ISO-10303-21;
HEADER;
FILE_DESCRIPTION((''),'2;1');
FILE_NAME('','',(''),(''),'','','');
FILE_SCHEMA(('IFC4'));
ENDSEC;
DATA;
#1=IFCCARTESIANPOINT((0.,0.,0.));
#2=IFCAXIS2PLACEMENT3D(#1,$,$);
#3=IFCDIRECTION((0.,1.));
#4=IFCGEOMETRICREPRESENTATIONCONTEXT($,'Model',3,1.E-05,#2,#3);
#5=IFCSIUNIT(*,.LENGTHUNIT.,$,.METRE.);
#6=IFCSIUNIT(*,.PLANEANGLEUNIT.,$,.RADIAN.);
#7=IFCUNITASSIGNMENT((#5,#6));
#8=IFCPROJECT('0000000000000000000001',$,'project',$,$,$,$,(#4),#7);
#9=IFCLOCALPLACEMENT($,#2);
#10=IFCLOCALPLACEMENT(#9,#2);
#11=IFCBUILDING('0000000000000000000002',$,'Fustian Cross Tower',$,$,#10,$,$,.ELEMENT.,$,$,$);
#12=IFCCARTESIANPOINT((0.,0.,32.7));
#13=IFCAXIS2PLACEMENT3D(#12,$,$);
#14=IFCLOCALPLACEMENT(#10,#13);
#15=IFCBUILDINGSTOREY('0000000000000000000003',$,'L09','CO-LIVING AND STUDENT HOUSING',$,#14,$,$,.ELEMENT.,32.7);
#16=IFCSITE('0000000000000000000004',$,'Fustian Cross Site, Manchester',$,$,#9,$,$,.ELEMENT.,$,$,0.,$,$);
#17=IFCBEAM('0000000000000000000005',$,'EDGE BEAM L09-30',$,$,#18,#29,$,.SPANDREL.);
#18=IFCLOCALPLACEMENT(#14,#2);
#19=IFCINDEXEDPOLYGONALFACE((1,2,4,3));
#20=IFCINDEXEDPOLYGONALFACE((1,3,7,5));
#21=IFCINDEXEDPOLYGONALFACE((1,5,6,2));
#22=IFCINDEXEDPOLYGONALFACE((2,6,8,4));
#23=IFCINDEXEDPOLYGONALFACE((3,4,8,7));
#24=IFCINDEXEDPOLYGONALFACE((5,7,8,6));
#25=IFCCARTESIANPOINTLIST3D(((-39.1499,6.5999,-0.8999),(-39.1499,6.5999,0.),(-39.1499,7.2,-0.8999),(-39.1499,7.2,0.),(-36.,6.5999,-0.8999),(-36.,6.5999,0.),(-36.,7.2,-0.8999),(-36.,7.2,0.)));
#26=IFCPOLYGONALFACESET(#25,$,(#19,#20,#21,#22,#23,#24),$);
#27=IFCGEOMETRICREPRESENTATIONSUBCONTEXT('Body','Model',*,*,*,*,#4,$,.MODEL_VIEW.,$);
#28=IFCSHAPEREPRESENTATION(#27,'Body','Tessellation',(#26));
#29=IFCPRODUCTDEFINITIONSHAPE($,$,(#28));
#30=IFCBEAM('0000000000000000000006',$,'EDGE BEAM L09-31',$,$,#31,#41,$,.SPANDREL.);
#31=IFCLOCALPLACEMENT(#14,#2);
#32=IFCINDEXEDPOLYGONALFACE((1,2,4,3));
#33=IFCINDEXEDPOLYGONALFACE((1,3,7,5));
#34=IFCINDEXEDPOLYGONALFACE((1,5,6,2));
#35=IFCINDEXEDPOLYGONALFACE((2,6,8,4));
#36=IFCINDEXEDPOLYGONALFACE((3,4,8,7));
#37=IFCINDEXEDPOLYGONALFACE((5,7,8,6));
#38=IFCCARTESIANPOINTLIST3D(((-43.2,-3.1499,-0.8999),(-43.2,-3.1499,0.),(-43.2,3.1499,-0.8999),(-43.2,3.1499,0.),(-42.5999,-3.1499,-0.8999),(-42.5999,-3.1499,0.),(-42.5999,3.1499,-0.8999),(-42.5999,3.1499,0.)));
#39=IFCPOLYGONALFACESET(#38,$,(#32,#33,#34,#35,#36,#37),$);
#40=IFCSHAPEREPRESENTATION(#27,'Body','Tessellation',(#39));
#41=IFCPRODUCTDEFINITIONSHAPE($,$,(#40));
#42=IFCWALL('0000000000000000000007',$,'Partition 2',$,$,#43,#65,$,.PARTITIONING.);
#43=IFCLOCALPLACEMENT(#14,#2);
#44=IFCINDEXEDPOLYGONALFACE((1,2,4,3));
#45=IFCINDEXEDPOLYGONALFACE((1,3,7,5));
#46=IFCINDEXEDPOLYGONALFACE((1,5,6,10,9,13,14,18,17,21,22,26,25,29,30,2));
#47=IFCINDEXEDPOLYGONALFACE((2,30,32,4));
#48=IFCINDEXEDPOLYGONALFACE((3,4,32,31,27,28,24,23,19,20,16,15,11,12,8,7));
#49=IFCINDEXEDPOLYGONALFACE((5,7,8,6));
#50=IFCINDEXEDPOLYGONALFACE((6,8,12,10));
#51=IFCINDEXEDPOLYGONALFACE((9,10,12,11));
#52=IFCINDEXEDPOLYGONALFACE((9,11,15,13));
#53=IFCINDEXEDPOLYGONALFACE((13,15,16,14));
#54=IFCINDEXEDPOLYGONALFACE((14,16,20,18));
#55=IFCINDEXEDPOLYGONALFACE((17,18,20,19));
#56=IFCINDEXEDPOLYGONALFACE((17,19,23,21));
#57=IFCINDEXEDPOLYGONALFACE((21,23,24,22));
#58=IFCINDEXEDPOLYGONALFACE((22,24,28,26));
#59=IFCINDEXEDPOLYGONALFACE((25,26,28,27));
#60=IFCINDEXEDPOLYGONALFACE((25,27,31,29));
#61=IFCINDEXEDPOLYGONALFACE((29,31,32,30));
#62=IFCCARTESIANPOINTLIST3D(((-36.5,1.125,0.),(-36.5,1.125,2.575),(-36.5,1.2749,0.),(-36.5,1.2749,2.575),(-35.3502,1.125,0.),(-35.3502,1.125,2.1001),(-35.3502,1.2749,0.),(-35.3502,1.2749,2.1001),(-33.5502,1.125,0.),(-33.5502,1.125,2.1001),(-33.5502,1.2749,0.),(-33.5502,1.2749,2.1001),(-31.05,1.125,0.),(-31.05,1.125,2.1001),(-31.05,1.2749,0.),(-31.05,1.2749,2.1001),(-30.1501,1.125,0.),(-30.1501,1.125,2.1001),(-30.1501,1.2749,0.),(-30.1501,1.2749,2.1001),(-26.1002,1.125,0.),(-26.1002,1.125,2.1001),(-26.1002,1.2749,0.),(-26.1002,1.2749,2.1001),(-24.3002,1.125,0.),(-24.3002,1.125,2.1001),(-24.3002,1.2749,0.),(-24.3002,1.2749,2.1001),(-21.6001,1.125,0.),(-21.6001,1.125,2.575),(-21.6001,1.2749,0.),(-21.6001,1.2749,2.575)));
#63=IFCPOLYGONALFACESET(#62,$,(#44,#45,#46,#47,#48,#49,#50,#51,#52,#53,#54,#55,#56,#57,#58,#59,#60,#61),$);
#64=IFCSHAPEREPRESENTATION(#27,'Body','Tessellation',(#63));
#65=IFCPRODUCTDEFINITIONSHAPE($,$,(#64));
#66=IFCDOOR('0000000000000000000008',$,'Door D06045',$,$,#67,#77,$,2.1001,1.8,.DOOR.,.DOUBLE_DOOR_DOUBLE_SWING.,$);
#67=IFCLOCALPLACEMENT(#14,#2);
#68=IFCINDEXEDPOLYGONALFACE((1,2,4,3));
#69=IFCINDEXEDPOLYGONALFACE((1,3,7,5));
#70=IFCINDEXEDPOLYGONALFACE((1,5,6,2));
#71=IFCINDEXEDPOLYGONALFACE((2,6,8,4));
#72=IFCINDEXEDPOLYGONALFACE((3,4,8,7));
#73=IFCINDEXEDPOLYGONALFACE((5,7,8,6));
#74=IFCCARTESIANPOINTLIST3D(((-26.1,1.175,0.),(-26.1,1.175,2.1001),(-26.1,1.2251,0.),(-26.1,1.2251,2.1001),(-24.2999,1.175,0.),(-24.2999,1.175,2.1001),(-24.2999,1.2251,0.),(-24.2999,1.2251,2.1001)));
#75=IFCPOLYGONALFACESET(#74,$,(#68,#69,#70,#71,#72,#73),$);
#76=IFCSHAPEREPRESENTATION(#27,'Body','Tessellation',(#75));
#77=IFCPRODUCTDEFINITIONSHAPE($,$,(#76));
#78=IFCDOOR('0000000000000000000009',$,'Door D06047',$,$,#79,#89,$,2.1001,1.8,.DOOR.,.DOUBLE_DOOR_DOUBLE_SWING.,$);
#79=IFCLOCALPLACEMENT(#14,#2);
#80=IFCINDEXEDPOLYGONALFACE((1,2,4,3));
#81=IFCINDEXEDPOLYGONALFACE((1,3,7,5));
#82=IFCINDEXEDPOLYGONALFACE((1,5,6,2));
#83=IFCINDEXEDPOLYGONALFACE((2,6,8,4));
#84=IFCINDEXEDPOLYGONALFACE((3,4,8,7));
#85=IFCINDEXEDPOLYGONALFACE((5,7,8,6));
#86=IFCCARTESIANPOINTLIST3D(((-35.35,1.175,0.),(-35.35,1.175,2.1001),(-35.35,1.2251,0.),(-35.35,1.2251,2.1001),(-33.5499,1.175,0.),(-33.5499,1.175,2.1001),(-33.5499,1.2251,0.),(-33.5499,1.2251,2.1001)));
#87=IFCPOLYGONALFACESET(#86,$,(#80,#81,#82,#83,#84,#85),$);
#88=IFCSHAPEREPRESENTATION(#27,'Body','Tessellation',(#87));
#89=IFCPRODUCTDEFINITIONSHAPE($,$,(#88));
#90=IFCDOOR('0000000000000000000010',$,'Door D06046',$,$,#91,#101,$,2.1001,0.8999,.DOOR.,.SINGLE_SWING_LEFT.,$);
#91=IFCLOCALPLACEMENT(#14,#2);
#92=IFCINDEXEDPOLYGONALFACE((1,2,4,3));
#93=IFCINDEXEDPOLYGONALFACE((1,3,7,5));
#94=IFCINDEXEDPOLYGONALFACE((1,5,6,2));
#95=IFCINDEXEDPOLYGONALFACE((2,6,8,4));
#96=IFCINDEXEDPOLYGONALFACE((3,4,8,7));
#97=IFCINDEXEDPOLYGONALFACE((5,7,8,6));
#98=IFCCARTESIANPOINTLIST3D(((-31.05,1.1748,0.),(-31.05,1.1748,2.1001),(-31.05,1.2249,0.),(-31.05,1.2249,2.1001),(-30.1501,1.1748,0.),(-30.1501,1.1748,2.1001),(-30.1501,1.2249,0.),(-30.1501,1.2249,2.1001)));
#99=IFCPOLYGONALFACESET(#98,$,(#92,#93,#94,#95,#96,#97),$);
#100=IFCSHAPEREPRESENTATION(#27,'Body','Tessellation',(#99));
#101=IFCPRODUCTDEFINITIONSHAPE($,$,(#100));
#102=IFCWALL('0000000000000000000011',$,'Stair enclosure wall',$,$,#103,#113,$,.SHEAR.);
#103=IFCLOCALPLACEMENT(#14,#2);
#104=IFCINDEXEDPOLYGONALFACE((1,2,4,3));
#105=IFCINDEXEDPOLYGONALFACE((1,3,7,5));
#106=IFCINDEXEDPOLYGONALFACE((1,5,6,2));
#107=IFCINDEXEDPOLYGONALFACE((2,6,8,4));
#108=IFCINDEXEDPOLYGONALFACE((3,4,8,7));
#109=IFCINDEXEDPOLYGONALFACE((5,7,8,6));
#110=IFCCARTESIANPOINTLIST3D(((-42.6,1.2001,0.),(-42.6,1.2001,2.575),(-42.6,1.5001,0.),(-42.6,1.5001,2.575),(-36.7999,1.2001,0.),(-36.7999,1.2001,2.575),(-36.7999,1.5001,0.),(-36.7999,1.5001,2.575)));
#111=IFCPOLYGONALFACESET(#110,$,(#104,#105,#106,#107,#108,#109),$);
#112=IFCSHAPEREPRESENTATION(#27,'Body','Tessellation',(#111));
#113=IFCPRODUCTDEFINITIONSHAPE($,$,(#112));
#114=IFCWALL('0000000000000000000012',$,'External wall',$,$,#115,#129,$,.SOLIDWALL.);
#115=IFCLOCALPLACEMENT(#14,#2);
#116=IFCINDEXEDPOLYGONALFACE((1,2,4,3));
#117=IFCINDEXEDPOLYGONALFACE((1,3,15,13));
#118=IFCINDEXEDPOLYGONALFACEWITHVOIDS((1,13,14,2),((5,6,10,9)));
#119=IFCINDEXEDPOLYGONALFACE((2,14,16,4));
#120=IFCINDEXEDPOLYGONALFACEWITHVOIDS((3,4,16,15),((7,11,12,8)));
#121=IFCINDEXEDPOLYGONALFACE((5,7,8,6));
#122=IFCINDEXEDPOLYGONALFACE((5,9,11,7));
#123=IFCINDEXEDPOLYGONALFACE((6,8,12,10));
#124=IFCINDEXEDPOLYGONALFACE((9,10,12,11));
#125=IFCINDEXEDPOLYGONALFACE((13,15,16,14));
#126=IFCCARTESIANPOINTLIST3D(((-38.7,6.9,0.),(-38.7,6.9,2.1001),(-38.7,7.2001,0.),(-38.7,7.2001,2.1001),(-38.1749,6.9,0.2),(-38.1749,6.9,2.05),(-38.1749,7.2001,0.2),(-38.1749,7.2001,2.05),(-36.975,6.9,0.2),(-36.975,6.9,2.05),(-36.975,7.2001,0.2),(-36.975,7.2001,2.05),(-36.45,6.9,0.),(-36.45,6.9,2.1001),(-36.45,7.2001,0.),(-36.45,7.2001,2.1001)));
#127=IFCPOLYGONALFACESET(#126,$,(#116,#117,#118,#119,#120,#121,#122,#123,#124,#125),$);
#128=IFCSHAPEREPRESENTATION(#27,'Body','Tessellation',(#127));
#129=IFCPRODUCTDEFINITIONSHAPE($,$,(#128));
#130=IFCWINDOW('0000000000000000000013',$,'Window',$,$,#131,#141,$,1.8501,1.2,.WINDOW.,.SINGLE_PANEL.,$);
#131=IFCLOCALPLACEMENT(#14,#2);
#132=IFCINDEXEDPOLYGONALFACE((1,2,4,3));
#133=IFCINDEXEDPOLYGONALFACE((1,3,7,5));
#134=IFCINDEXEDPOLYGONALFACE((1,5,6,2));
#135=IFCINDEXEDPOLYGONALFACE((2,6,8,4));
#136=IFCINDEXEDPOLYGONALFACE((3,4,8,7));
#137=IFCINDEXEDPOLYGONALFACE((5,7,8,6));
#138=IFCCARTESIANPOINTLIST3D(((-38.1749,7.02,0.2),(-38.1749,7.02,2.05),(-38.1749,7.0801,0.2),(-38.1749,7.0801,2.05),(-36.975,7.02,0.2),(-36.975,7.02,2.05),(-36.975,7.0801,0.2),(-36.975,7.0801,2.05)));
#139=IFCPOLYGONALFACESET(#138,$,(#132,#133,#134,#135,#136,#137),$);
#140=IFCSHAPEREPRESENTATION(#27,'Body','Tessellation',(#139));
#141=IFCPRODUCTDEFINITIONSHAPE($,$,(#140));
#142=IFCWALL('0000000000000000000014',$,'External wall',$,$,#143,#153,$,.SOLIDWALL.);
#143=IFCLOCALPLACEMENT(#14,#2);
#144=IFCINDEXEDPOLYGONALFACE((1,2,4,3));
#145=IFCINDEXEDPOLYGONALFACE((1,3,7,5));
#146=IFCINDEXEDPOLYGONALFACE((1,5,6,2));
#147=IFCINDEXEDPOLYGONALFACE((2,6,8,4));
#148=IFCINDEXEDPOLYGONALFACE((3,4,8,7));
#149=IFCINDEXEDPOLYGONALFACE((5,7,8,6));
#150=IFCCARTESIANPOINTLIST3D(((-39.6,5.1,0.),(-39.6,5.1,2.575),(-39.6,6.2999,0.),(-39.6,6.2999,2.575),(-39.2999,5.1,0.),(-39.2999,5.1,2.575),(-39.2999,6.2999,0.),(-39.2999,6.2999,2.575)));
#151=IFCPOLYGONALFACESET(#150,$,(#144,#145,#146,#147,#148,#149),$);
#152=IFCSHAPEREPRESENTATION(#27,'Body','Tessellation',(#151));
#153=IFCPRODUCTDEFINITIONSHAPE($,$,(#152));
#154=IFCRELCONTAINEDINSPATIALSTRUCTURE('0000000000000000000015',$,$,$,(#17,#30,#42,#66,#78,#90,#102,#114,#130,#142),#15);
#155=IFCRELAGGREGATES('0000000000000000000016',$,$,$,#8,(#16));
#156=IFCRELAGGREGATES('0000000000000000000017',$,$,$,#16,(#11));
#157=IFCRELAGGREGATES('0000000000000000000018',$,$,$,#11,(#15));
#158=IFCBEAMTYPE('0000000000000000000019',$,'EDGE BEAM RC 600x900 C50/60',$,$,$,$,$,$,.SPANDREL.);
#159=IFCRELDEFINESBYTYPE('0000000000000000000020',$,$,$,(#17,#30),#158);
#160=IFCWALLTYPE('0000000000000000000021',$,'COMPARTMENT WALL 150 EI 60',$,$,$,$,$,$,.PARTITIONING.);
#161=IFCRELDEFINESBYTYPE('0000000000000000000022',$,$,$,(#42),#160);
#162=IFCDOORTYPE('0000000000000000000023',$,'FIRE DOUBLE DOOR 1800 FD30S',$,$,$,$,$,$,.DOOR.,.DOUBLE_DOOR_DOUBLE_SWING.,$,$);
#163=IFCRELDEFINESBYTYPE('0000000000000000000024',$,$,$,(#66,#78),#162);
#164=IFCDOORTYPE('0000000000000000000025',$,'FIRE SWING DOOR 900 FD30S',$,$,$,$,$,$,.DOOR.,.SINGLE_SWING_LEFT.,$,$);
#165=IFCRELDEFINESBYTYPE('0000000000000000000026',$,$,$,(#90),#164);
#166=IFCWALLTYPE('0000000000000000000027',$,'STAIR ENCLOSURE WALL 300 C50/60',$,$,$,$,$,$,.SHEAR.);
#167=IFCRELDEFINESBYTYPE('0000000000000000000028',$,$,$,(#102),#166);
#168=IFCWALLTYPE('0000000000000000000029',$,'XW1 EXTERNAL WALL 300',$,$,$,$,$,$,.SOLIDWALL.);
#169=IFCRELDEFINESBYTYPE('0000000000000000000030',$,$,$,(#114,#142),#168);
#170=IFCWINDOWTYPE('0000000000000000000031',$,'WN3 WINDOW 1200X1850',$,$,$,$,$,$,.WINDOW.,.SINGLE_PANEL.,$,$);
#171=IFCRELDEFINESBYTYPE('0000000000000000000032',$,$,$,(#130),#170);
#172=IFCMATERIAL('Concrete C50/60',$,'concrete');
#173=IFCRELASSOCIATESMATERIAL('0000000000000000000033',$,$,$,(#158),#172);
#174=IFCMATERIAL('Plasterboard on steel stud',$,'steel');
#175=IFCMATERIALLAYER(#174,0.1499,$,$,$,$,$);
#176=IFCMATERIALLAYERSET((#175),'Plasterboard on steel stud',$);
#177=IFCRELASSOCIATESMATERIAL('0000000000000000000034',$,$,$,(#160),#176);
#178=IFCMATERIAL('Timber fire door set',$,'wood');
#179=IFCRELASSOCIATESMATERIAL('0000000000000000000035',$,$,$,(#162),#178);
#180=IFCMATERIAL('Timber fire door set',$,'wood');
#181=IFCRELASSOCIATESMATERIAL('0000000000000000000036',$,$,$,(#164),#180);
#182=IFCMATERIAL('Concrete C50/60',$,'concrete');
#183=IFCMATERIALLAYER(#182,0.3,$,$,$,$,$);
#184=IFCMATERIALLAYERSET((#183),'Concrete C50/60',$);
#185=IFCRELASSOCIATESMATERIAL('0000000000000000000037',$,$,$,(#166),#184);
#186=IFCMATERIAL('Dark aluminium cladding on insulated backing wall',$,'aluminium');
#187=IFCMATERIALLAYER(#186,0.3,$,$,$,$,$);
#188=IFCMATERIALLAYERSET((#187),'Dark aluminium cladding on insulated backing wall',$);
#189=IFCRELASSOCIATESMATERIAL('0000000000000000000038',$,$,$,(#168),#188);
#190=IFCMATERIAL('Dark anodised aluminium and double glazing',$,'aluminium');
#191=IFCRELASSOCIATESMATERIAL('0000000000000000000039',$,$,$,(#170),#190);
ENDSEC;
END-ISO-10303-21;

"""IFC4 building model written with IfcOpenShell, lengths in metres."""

from ifc_helpers import new_model, si_unit, direction, frame, frame_2d, origin, origin_2d, place, context, subcontext, project, spatial, rectangle, extrude, material, layer, layer_set, material_profile, profile_set, type_object, element, fill, save


model = new_model("IFC4")

# Units and contexts
model_context = context("Model", 3, precision=1e-05, world=origin(), true_north=direction((0.0, 1.0)))
body_context = subcontext(model_context, "Body", "Model", "MODEL_VIEW")
ifc_project = project(units=[si_unit("LENGTHUNIT", "METRE"), si_unit("PLANEANGLEUNIT", "RADIAN")], contexts=[model_context])

# Site, building, storey
site_placement = place(None, origin())
site = spatial("IfcSite", under=ifc_project, at=site_placement, Name="Fustian Cross Site, Manchester", CompositionType="ELEMENT", RefElevation=0.0)
building_placement = place(site_placement, origin())
building = spatial("IfcBuilding", under=site, at=building_placement, Name="Fustian Cross Tower", CompositionType="ELEMENT")
storey_placement = place(building_placement, frame((0.0, 0.0, 32.7)))
storey = spatial("IfcBuildingStorey", under=building, at=storey_placement, Name="L09", Description="CO-LIVING AND STUDENT HOUSING", CompositionType="ELEMENT", Elevation=32.7)

# Beams
ifc_material_1 = material(Name="Concrete C50/60", Category="concrete")
ifc_material_profile_1 = material_profile(ifc_material_1, rectangle(XDim=0.6001, YDim=0.8999, at=origin_2d()), Name="RC 600x900")
ifc_profile_set_1 = profile_set([ifc_material_profile_1], Name="Concrete C50/60")
beam_type = type_object("IfcBeamType", Name="EDGE BEAM RC 600x900 C50/60", PredefinedType="SPANDREL", material=ifc_profile_set_1)
beam_1_placement = place(storey_placement, frame((-36.0, 6.8999, -0.45), z_axis=(-1.0, 0.0, 0.0), x_axis=(0.0, -1.0, 0.0)))
element("IfcBeam", 1, at=beam_1_placement, inside=storey, type_object=beam_type, Name="EDGE BEAM L09-30", PredefinedType="SPANDREL", context=body_context, shape_type="SweptSolid", body=[
    extrude(rectangle(XDim=0.6001, YDim=0.8999, at=origin_2d()), origin(), (0.0, 0.0, 1.0), 3.1499),
])
beam_2_placement = place(storey_placement, frame((-42.8999, 3.1499, -0.45), z_axis=(0.0, -1.0, 0.0), x_axis=(1.0, 0.0, 0.0)))
element("IfcBeam", 2, at=beam_2_placement, inside=storey, type_object=beam_type, Name="EDGE BEAM L09-31", PredefinedType="SPANDREL", context=body_context, shape_type="SweptSolid", body=[
    extrude(rectangle(XDim=0.6001, YDim=0.8999, at=origin_2d()), origin(), (0.0, 0.0, 1.0), 6.2998),
])

# Wall, openings, doors
ifc_material_2 = material(Name="Plasterboard on steel stud", Category="steel")
ifc_layer_1 = layer(ifc_material_2, 0.1499)
ifc_layer_set_1 = layer_set([ifc_layer_1], Name="Plasterboard on steel stud")
wall_type_1 = type_object("IfcWallType", Name="COMPARTMENT WALL 150 EI 60", PredefinedType="PARTITIONING", material=ifc_layer_set_1)
wall_1_placement = place(storey_placement, frame((-36.5, 1.2, 0.0), z_axis=(0.0, 0.0, 1.0), x_axis=(1.0, 0.0, 0.0)))
wall_1 = element("IfcWall", 3, at=wall_1_placement, inside=storey, type_object=wall_type_1, Name="Partition 2", PredefinedType="PARTITIONING", context=body_context, shape_type="SweptSolid", body=[
    extrude(rectangle(XDim=14.8999, YDim=0.1499, at=frame_2d((7.45, 0.0))), origin(), (0.0, 0.0, 1.0), 2.575),
])
opening_1_placement = place(wall_1_placement, frame((10.3999, 0.0, 0.0)))
opening_1 = element("IfcOpeningElement", 4, at=opening_1_placement, cuts=wall_1, PredefinedType="OPENING", context=body_context, shape_type="SweptSolid", body=[
    extrude(rectangle(XDim=1.8, YDim=2.1001, at=frame_2d((0.8999, 1.05))), frame((0.0, 0.085, 0.0), z_axis=(0.0, -1.0, 0.0), x_axis=(1.0, 0.0, 0.0)), (0.0, 0.0, 1.0), 0.1699),
])
opening_2_placement = place(wall_1_placement, frame((5.45, 0.0, 0.0)))
opening_2 = element("IfcOpeningElement", 5, at=opening_2_placement, cuts=wall_1, PredefinedType="OPENING", context=body_context, shape_type="SweptSolid", body=[
    extrude(rectangle(XDim=0.8999, YDim=2.1001, at=frame_2d((0.45, 1.05))), frame((0.0, 0.085, 0.0), z_axis=(0.0, -1.0, 0.0), x_axis=(1.0, 0.0, 0.0)), (0.0, 0.0, 1.0), 0.1699),
])
opening_3_placement = place(wall_1_placement, frame((1.1499, 0.0, 0.0)))
opening_3 = element("IfcOpeningElement", 6, at=opening_3_placement, cuts=wall_1, PredefinedType="OPENING", context=body_context, shape_type="SweptSolid", body=[
    extrude(rectangle(XDim=1.8, YDim=2.1001, at=frame_2d((0.8999, 1.05))), frame((0.0, 0.085, 0.0), z_axis=(0.0, -1.0, 0.0), x_axis=(1.0, 0.0, 0.0)), (0.0, 0.0, 1.0), 0.1699),
])
ifc_material_3 = material(Name="Timber fire door set", Category="wood")
door_type_1 = type_object("IfcDoorType", Name="FIRE DOUBLE DOOR 1800 FD30S", OperationType="DOUBLE_DOOR_DOUBLE_SWING", PredefinedType="DOOR", material=ifc_material_3)
door_1_placement = place(opening_1_placement, frame((1.8, 0.0, 0.0), z_axis=(0.0, 0.0, 1.0), x_axis=(-1.0, 0.0, 0.0)))
door_1 = element("IfcDoor", 7, at=door_1_placement, inside=storey, type_object=door_type_1, Name="Door D06045", OperationType="DOUBLE_DOOR_DOUBLE_SWING", OverallHeight=2.1001, OverallWidth=1.8, PredefinedType="DOOR", context=body_context, shape_type="SweptSolid", body=[
    extrude(rectangle(XDim=1.8, YDim=2.1001, at=frame_2d((0.8999, 1.05))), frame((0.0, 0.0249, 0.0), z_axis=(0.0, -1.0, 0.0), x_axis=(1.0, 0.0, 0.0)), (0.0, 0.0, 1.0), 0.05),
])
fill(opening_1, door_1)
door_2_placement = place(opening_3_placement, frame((1.8, 0.0, 0.0), z_axis=(0.0, 0.0, 1.0), x_axis=(-1.0, 0.0, 0.0)))
door_2 = element("IfcDoor", 8, at=door_2_placement, inside=storey, type_object=door_type_1, Name="Door D06047", OperationType="DOUBLE_DOOR_DOUBLE_SWING", OverallHeight=2.1001, OverallWidth=1.8, PredefinedType="DOOR", context=body_context, shape_type="SweptSolid", body=[
    extrude(rectangle(XDim=1.8, YDim=2.1001, at=frame_2d((0.8999, 1.05))), frame((0.0, 0.0249, 0.0), z_axis=(0.0, -1.0, 0.0), x_axis=(1.0, 0.0, 0.0)), (0.0, 0.0, 1.0), 0.05),
])
fill(opening_3, door_2)
ifc_material_4 = material(Name="Timber fire door set", Category="wood")
door_type_2 = type_object("IfcDoorType", Name="FIRE SWING DOOR 900 FD30S", OperationType="SINGLE_SWING_LEFT", PredefinedType="DOOR", material=ifc_material_4)
door_3_placement = place(opening_2_placement, origin())
door_3 = element("IfcDoor", 9, at=door_3_placement, inside=storey, type_object=door_type_2, Name="Door D06046", OperationType="SINGLE_SWING_LEFT", OverallHeight=2.1001, OverallWidth=0.8999, PredefinedType="DOOR", context=body_context, shape_type="SweptSolid", body=[
    extrude(rectangle(XDim=0.8999, YDim=2.1001, at=frame_2d((0.45, 1.05))), frame((0.0, 0.0249, 0.0), z_axis=(0.0, -1.0, 0.0), x_axis=(1.0, 0.0, 0.0)), (0.0, 0.0, 1.0), 0.05),
])
fill(opening_2, door_3)

# Wall
ifc_material_5 = material(Name="Concrete C50/60", Category="concrete")
ifc_layer_2 = layer(ifc_material_5, 0.3)
ifc_layer_set_2 = layer_set([ifc_layer_2], Name="Concrete C50/60")
wall_type_2 = type_object("IfcWallType", Name="STAIR ENCLOSURE WALL 300 C50/60", PredefinedType="SHEAR", material=ifc_layer_set_2)
wall_2_placement = place(storey_placement, frame((-36.8, 1.3501, 0.0), z_axis=(0.0, 0.0, 1.0), x_axis=(-1.0, 0.0, 0.0)))
element("IfcWall", 10, at=wall_2_placement, inside=storey, type_object=wall_type_2, Name="Stair enclosure wall", PredefinedType="SHEAR", context=body_context, shape_type="SweptSolid", body=[
    extrude(rectangle(XDim=5.8, YDim=0.3, at=frame_2d((2.8999, 0.0))), origin(), (0.0, 0.0, 1.0), 2.575),
])

# Wall, opening, window
ifc_material_6 = material(Name="Dark aluminium cladding on insulated backing wall", Category="aluminium")
ifc_layer_3 = layer(ifc_material_6, 0.3)
ifc_layer_set_3 = layer_set([ifc_layer_3], Name="Dark aluminium cladding on insulated backing wall")
wall_type_3 = type_object("IfcWallType", Name="XW1 EXTERNAL WALL 300", PredefinedType="SOLIDWALL", material=ifc_layer_set_3)
wall_3_placement = place(storey_placement, frame((-36.45, 7.05, 0.0), z_axis=(0.0, 0.0, 1.0), x_axis=(-1.0, 0.0, 0.0)))
wall_3 = element("IfcWall", 11, at=wall_3_placement, inside=storey, type_object=wall_type_3, Name="External wall", PredefinedType="SOLIDWALL", context=body_context, shape_type="SweptSolid", body=[
    extrude(rectangle(XDim=2.25, YDim=0.3, at=frame_2d((1.125, 0.0))), origin(), (0.0, 0.0, 1.0), 2.1001),
])
opening_4_placement = place(wall_3_placement, frame((0.5249, 0.0, 0.2)))
opening_4 = element("IfcOpeningElement", 12, at=opening_4_placement, cuts=wall_3, PredefinedType="OPENING", context=body_context, shape_type="SweptSolid", body=[
    extrude(rectangle(XDim=1.2, YDim=1.8501, at=frame_2d((0.6001, 0.925))), frame((0.0, 0.1599, 0.0), z_axis=(0.0, -1.0, 0.0), x_axis=(1.0, 0.0, 0.0)), (0.0, 0.0, 1.0), 0.3201),
])
ifc_material_7 = material(Name="Dark anodised aluminium and double glazing", Category="aluminium")
window_type_1 = type_object("IfcWindowType", Name="WN3 WINDOW 1200X1850", PartitioningType="SINGLE_PANEL", PredefinedType="WINDOW", material=ifc_material_7)
window_1_placement = place(opening_4_placement, origin())
window_1 = element("IfcWindow", 13, at=window_1_placement, inside=storey, type_object=window_type_1, Name="Window", OverallHeight=1.8501, OverallWidth=1.2, PartitioningType="SINGLE_PANEL", PredefinedType="WINDOW", context=body_context, shape_type="SweptSolid", body=[
    extrude(rectangle(XDim=1.2, YDim=1.8501, at=frame_2d((0.6001, 0.925))), frame((0.0, 0.03, 0.0), z_axis=(0.0, -1.0, 0.0), x_axis=(1.0, 0.0, 0.0)), (0.0, 0.0, 1.0), 0.0601),
])
fill(opening_4, window_1)

# Wall
wall_4_placement = place(storey_placement, frame((-39.45, 6.3, 0.0), z_axis=(0.0, 0.0, 1.0), x_axis=(0.0, -1.0, 0.0)))
element("IfcWall", 14, at=wall_4_placement, inside=storey, type_object=wall_type_3, Name="External wall", PredefinedType="SOLIDWALL", context=body_context, shape_type="SweptSolid", body=[
    extrude(rectangle(XDim=1.2, YDim=0.3, at=frame_2d((0.6001, 0.0))), origin(), (0.0, 0.0, 1.0), 2.575),
])

save(model, "model.ifc")
